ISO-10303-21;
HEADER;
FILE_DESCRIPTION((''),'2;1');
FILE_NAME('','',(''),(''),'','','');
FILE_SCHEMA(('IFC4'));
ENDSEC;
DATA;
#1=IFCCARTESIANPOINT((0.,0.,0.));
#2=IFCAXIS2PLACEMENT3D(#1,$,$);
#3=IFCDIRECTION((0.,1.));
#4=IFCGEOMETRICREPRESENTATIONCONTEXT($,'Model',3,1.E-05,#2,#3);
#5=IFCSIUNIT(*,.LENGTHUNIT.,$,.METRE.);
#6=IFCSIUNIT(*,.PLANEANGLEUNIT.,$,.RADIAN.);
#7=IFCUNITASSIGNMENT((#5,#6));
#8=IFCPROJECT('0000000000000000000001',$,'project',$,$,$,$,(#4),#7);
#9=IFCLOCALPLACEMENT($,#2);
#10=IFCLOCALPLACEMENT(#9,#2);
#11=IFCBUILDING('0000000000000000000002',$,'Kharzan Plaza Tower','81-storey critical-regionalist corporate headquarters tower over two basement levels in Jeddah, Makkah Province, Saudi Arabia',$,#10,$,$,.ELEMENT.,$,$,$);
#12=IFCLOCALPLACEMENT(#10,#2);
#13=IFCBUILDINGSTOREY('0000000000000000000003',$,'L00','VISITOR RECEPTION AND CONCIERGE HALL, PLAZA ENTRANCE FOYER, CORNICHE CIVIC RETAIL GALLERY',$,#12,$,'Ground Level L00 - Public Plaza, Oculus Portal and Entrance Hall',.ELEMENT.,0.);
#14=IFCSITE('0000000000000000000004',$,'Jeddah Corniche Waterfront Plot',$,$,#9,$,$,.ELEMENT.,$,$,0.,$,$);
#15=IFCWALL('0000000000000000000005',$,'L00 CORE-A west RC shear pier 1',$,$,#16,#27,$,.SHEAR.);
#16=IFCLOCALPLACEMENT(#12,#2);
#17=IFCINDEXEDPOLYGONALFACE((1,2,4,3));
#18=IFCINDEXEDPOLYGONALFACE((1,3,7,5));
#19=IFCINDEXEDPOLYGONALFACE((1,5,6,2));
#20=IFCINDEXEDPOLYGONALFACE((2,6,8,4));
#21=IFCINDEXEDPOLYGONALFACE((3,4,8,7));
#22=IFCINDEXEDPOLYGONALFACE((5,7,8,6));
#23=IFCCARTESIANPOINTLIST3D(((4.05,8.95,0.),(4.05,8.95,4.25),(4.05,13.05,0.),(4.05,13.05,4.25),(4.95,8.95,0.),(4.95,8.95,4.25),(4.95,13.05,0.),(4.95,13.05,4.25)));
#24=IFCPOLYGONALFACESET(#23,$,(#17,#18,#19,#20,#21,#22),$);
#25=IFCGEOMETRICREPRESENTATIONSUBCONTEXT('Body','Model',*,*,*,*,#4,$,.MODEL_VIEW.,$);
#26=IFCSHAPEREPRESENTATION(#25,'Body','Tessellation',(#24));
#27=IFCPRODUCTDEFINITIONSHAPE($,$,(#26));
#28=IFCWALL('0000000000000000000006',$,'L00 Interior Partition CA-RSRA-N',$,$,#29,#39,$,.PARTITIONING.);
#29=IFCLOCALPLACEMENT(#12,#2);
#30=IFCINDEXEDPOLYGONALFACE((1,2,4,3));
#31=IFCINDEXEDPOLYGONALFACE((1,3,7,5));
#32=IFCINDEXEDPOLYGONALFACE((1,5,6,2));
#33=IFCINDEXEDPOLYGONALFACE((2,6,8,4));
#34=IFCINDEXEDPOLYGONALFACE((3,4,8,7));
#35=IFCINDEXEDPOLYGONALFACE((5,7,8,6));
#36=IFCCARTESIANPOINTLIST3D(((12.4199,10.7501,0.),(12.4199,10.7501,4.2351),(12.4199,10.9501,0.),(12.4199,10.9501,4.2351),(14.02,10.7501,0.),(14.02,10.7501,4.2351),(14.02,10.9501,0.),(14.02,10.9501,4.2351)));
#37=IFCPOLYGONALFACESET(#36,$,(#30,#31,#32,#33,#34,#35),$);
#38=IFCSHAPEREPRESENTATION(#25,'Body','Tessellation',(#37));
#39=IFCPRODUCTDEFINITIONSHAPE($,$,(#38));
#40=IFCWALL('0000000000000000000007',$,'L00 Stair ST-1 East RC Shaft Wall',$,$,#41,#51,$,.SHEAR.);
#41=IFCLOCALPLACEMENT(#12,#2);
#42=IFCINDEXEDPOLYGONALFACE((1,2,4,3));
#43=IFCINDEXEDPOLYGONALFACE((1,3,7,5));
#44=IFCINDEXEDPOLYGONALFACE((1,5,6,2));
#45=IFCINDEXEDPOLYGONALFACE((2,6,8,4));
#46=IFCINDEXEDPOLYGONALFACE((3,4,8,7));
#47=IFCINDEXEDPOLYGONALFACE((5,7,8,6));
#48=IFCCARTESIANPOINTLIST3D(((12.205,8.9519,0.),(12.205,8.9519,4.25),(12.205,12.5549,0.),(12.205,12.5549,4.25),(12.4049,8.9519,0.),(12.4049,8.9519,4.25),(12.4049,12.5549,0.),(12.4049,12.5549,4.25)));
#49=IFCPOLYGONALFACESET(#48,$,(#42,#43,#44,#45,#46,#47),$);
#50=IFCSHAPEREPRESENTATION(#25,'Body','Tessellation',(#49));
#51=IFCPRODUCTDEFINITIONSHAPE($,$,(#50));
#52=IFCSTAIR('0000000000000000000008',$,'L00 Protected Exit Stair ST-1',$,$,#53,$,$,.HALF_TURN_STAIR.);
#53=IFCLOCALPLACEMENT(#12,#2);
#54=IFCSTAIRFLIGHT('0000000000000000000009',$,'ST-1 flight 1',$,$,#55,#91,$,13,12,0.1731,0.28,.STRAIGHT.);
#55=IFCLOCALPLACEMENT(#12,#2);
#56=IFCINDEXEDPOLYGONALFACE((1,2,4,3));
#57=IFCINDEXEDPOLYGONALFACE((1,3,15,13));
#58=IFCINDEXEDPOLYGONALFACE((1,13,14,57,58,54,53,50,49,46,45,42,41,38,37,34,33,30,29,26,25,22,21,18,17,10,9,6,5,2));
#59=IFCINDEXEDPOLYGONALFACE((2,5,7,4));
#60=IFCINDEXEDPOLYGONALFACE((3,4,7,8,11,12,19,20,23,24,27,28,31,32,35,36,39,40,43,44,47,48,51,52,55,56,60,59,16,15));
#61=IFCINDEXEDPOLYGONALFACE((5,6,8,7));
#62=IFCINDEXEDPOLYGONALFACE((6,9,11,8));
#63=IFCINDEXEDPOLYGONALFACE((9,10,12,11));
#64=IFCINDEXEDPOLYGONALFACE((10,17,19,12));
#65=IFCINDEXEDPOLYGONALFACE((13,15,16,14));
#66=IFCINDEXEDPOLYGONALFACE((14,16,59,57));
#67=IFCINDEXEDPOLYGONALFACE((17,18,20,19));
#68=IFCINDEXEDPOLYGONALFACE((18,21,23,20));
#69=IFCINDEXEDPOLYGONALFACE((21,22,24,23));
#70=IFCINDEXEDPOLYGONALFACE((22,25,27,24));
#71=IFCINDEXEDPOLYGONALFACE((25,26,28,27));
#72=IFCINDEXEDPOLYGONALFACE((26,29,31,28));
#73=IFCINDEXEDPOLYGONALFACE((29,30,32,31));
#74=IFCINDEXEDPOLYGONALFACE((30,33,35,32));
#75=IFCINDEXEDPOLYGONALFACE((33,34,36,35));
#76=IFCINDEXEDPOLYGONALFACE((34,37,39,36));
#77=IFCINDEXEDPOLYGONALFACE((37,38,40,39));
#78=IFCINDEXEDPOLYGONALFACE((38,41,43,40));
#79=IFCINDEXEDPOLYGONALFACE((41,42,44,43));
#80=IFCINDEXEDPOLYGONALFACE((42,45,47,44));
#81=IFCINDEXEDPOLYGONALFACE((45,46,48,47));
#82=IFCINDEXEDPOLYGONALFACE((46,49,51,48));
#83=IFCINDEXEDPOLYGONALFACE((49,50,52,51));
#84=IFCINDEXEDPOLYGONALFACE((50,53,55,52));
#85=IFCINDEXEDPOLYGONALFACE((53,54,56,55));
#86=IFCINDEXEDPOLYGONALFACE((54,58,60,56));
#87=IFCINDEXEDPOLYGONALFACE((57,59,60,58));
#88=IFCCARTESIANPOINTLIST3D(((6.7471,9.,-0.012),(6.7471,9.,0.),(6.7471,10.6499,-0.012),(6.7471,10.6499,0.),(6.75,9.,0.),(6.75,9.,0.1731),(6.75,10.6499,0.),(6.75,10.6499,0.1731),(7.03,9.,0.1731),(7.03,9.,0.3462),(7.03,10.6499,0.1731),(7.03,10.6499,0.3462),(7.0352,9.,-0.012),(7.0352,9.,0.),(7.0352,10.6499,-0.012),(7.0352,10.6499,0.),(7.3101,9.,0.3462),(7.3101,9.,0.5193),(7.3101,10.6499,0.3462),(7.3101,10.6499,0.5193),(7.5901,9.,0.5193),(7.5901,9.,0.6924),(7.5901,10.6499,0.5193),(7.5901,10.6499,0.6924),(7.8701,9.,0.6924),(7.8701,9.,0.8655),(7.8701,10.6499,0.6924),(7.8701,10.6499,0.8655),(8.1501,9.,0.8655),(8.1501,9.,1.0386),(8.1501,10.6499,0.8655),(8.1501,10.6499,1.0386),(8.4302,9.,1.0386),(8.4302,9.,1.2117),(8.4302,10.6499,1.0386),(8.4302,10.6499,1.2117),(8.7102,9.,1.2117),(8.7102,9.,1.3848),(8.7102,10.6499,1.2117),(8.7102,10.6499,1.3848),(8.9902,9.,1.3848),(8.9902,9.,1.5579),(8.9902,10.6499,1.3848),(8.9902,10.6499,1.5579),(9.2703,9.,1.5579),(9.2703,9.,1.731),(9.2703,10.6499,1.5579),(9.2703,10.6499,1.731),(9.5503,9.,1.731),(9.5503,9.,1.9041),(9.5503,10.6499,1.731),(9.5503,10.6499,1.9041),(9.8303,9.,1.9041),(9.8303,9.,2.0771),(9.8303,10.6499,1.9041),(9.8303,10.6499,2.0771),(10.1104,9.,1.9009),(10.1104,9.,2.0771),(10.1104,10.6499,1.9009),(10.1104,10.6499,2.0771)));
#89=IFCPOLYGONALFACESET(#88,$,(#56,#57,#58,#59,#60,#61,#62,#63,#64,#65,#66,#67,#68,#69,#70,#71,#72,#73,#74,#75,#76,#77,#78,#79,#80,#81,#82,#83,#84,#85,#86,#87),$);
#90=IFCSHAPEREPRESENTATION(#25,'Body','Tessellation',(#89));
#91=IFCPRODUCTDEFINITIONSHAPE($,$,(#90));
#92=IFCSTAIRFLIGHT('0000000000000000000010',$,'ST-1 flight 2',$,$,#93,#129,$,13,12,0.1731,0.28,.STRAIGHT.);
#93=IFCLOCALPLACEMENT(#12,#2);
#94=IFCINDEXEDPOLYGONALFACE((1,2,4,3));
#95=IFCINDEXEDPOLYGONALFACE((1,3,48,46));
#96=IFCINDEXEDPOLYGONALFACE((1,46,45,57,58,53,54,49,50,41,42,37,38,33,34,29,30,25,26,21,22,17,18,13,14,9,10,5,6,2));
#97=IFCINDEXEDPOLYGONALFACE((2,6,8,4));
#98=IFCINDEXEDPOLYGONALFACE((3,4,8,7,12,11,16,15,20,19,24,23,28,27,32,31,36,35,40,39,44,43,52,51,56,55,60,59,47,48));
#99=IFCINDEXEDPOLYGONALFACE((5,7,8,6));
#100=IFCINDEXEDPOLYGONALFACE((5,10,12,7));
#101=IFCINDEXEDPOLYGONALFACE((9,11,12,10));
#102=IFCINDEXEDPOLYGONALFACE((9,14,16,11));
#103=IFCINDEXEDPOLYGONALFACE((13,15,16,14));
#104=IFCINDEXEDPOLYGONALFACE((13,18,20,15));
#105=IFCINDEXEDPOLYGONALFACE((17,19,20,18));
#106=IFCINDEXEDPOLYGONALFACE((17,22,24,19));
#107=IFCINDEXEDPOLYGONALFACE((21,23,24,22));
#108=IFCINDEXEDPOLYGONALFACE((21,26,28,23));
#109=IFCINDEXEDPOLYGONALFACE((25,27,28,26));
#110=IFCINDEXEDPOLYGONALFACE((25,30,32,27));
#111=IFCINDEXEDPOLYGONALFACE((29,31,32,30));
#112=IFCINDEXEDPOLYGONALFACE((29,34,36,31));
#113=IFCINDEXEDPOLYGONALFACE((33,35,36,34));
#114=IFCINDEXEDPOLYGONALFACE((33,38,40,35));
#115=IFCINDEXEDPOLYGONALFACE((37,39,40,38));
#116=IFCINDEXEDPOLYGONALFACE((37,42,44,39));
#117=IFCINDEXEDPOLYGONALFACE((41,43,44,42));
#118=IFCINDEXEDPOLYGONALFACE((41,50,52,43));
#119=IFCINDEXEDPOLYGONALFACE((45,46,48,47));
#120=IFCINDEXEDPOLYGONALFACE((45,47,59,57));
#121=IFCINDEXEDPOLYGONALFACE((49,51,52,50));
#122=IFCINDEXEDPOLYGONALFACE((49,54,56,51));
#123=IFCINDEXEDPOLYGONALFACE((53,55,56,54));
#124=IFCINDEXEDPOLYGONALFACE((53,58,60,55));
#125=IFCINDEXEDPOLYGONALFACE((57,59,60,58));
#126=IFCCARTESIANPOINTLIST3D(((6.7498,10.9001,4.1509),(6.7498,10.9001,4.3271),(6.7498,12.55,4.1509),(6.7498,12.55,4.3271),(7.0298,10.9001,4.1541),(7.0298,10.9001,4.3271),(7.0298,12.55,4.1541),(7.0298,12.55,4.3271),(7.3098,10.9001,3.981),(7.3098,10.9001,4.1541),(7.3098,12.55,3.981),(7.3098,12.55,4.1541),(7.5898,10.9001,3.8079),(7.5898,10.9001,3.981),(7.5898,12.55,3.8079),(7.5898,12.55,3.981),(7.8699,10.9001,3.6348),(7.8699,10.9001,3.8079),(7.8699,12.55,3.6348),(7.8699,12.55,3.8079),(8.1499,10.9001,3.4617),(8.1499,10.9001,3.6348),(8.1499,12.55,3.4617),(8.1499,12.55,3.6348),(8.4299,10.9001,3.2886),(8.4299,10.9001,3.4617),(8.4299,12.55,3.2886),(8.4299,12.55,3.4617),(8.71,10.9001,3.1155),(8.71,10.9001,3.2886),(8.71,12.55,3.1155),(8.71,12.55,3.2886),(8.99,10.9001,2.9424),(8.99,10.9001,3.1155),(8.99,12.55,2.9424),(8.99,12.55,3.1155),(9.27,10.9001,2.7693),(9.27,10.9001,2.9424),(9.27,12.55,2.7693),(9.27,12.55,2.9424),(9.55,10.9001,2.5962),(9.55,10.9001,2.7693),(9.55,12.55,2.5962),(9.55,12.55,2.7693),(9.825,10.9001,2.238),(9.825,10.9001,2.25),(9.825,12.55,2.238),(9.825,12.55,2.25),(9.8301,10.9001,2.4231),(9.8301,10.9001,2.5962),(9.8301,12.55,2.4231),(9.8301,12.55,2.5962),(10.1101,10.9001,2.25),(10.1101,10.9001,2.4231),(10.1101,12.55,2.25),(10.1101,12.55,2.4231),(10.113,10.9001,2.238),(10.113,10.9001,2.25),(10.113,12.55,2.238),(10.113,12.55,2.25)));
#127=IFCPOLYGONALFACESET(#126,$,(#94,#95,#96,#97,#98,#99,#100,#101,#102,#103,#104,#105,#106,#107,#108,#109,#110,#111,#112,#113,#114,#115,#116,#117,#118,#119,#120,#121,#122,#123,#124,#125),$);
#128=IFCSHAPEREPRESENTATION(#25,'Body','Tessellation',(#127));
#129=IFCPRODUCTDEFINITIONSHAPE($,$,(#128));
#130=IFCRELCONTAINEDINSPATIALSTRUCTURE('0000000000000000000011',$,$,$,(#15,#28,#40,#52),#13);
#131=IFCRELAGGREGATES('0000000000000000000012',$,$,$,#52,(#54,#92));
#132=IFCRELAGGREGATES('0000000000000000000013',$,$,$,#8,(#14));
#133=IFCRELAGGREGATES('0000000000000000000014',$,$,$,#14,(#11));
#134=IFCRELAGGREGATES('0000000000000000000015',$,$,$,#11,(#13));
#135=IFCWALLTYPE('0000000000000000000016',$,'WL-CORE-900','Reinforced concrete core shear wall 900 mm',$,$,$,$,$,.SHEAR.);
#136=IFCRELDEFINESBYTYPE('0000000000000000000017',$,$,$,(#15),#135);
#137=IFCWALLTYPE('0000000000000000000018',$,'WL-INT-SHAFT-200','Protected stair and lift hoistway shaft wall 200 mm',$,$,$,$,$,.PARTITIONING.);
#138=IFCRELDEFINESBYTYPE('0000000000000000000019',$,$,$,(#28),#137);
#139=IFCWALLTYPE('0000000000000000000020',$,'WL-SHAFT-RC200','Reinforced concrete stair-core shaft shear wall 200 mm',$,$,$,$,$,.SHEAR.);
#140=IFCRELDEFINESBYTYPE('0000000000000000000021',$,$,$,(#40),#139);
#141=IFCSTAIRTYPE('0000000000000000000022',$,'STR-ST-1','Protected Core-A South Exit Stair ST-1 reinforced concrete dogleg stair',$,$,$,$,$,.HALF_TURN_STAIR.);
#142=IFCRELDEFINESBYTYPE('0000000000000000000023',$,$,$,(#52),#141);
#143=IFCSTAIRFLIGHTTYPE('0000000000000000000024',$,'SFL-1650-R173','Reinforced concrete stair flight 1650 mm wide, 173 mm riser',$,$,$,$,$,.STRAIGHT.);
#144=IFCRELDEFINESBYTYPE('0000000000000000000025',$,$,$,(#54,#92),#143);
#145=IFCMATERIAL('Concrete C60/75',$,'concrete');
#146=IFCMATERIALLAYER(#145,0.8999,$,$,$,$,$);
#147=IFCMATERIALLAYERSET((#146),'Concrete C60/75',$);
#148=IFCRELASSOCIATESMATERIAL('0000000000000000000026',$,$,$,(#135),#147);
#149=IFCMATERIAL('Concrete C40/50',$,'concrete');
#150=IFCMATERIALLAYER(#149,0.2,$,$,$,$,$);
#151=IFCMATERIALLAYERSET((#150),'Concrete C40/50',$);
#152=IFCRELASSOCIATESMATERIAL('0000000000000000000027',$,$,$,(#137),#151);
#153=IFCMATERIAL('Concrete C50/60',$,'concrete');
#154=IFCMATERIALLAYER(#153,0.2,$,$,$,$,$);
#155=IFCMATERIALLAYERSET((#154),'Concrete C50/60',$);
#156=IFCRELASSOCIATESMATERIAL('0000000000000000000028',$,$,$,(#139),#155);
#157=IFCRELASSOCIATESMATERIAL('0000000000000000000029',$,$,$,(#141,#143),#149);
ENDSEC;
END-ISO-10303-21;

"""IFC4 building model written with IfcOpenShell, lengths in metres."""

from ifc_helpers import new_model, si_unit, direction, frame, frame_2d, origin, place, context, subcontext, project, spatial, polyline, rectangle, outline, extrude, source, transform, mapped, material, layer, layer_set, type_object, element, aggregate, save


model = new_model("IFC4")

# Units and contexts
model_context = context("Model", 3, precision=1e-05, world=origin(), true_north=direction((0.0, 1.0)))
body_context = subcontext(model_context, "Body", "Model", "MODEL_VIEW")
ifc_project = project(units=[si_unit("LENGTHUNIT", "METRE"), si_unit("PLANEANGLEUNIT", "RADIAN")], contexts=[model_context])

# Site, building, storey
site_placement = place(None, origin())
site = spatial("IfcSite", under=ifc_project, at=site_placement, Name="Jeddah Corniche Waterfront Plot", CompositionType="ELEMENT", RefElevation=0.0)
building_placement = place(site_placement, origin())
building = spatial("IfcBuilding", under=site, at=building_placement, Name="Kharzan Plaza Tower", Description="81-storey critical-regionalist corporate headquarters tower over two basement levels in Jeddah, Makkah Province, Saudi Arabia", CompositionType="ELEMENT")
storey_placement = place(building_placement, origin())
storey = spatial("IfcBuildingStorey", under=building, at=storey_placement, Name="L00", Description="VISITOR RECEPTION AND CONCIERGE HALL, PLAZA ENTRANCE FOYER, CORNICHE CIVIC RETAIL GALLERY", LongName="Ground Level L00 - Public Plaza, Oculus Portal and Entrance Hall", CompositionType="ELEMENT", Elevation=0.0)

# Shared definitions
ifc_material_1 = material(Name="Concrete C60/75", Category="concrete")

# Shared definitions
ifc_material_2 = material(Name="Concrete C40/50", Category="concrete")

# Walls
ifc_layer_1 = layer(ifc_material_1, 0.8999)
ifc_layer_set_1 = layer_set([ifc_layer_1], Name="Concrete C60/75")
wall_type_1 = type_object("IfcWallType", Name="WL-CORE-900", Description="Reinforced concrete core shear wall 900 mm", PredefinedType="SHEAR", material=ifc_layer_set_1)
shared_shape_1 = source(origin(), body_context, "Body", "SweptSolid", [
    extrude(rectangle(XDim=4.1001, YDim=0.8999, at=frame_2d((2.05, 0.0))), origin(), (0.0, 0.0, 1.0), 4.25),
])
wall_1_placement = place(storey_placement, frame((4.5, 8.95, 0.0), z_axis=(0.0, 0.0, 1.0), x_axis=(0.0, 1.0, 0.0)))
element("IfcWall", 1, at=wall_1_placement, inside=storey, type_object=wall_type_1, Name="L00 CORE-A west RC shear pier 1", PredefinedType="SHEAR", context=body_context, shape_type="MappedRepresentation", body=[
    mapped(shared_shape_1, transform((0.0, 0.0, 0.0), x_axis=(1.0, 0.0, 0.0), y_axis=(0.0, 1.0, 0.0), z_axis=(0.0, 0.0, 1.0))),
])
ifc_layer_2 = layer(ifc_material_2, 0.2)
ifc_layer_set_2 = layer_set([ifc_layer_2], Name="Concrete C40/50")
wall_type_2 = type_object("IfcWallType", Name="WL-INT-SHAFT-200", Description="Protected stair and lift hoistway shaft wall 200 mm", PredefinedType="PARTITIONING", material=ifc_layer_set_2)
shared_shape_2 = source(origin(), body_context, "Body", "SweptSolid", [
    extrude(rectangle(XDim=1.6001, YDim=0.2, at=frame_2d((0.8, 0.0))), origin(), (0.0, 0.0, 1.0), 4.2351),
])
wall_2_placement = place(storey_placement, frame((12.4199, 10.8501, 0.0), z_axis=(0.0, 0.0, 1.0), x_axis=(1.0, 0.0, 0.0)))
element("IfcWall", 2, at=wall_2_placement, inside=storey, type_object=wall_type_2, Name="L00 Interior Partition CA-RSRA-N", PredefinedType="PARTITIONING", context=body_context, shape_type="MappedRepresentation", body=[
    mapped(shared_shape_2, transform((0.0, 0.0, 0.0), x_axis=(1.0, 0.0, 0.0), y_axis=(0.0, 1.0, 0.0), z_axis=(0.0, 0.0, 1.0))),
])
ifc_material_3 = material(Name="Concrete C50/60", Category="concrete")
ifc_layer_3 = layer(ifc_material_3, 0.2)
ifc_layer_set_3 = layer_set([ifc_layer_3], Name="Concrete C50/60")
wall_type_3 = type_object("IfcWallType", Name="WL-SHAFT-RC200", Description="Reinforced concrete stair-core shaft shear wall 200 mm", PredefinedType="SHEAR", material=ifc_layer_set_3)
shared_shape_3 = source(origin(), body_context, "Body", "SweptSolid", [
    extrude(rectangle(XDim=3.603, YDim=0.2, at=frame_2d((1.8015, 0.0))), origin(), (0.0, 0.0, 1.0), 4.25),
])
wall_3_placement = place(storey_placement, frame((12.3049, 8.9519, 0.0), z_axis=(0.0, 0.0, 1.0), x_axis=(0.0, 1.0, 0.0)))
element("IfcWall", 3, at=wall_3_placement, inside=storey, type_object=wall_type_3, Name="L00 Stair ST-1 East RC Shaft Wall", PredefinedType="SHEAR", context=body_context, shape_type="MappedRepresentation", body=[
    mapped(shared_shape_3, transform((0.0, 0.0, 0.0), x_axis=(1.0, 0.0, 0.0), y_axis=(0.0, 1.0, 0.0), z_axis=(0.0, 0.0, 1.0))),
])

# Stair, stair flights
stair_type = type_object("IfcStairType", Name="STR-ST-1", Description="Protected Core-A South Exit Stair ST-1 reinforced concrete dogleg stair", PredefinedType="HALF_TURN_STAIR", material=ifc_material_2)
stair_placement = place(storey_placement, origin())
stair = element("IfcStair", 4, at=stair_placement, inside=storey, type_object=stair_type, Name="L00 Protected Exit Stair ST-1", PredefinedType="HALF_TURN_STAIR")
stair_flight_type = type_object("IfcStairFlightType", Name="SFL-1650-R173", Description="Reinforced concrete stair flight 1650 mm wide, 173 mm riser", PredefinedType="STRAIGHT", material=ifc_material_2)
shared_shape_4 = source(origin(), body_context, "Body", "SweptSolid", [
    extrude(outline(polyline([(-0.0029, -0.012), (-0.0029, 0.0), (0.0, 0.0), (0.0, 0.1731), (0.28, 0.1731), (0.28, 0.3462), (0.5601, 0.3462), (0.5601, 0.5193), (0.8401, 0.5193), (0.8401, 0.6924), (1.1201, 0.6924), (1.1201, 0.8655), (1.4001, 0.8655), (1.4001, 1.0386), (1.6802, 1.0386), (1.6802, 1.2117), (1.9602, 1.2117), (1.9602, 1.3848), (2.2402, 1.3848), (2.2402, 1.5579), (2.5203, 1.5579), (2.5203, 1.731), (2.8003, 1.731), (2.8003, 1.9041), (3.0803, 1.9041), (3.0803, 2.0771), (3.3604, 2.0771), (3.3604, 2.2502), (3.3604, 1.9009), (0.2852, 0.0), (0.2852, -0.012), (-0.0029, -0.012)])), frame((0.0, 0.825, 0.0), z_axis=(0.0, -1.0, 0.0), x_axis=(1.0, 0.0, 0.0)), (0.0, 0.0, 1.0), 1.6499),
])
stair_flight_1_placement = place(storey_placement, frame((6.75, 9.825, 0.0), z_axis=(0.0, 0.0, 1.0), x_axis=(1.0, 0.0, 0.0)))
stair_flight_1 = element("IfcStairFlight", 5, at=stair_flight_1_placement, type_object=stair_flight_type, Name="ST-1 flight 1", NumberOfRisers=13, NumberOfTreads=12, PredefinedType="STRAIGHT", RiserHeight=0.1731, TreadLength=0.28, context=body_context, shape_type="MappedRepresentation", body=[
    mapped(shared_shape_4, transform((0.0, 0.0, 0.0), x_axis=(1.0, 0.0, 0.0), y_axis=(0.0, 1.0, 0.0), z_axis=(0.0, 0.0, 1.0))),
])
stair_flight_2_placement = place(storey_placement, frame((10.1101, 11.7251, 2.25), z_axis=(0.0, 0.0, 1.0), x_axis=(-1.0, 0.0, 0.0)))
stair_flight_2 = element("IfcStairFlight", 6, at=stair_flight_2_placement, type_object=stair_flight_type, Name="ST-1 flight 2", NumberOfRisers=13, NumberOfTreads=12, PredefinedType="STRAIGHT", RiserHeight=0.1731, TreadLength=0.28, context=body_context, shape_type="MappedRepresentation", body=[
    mapped(shared_shape_4, transform((0.0, 0.0, 0.0), x_axis=(1.0, 0.0, 0.0), y_axis=(0.0, 1.0, 0.0), z_axis=(0.0, 0.0, 1.0))),
])
aggregate(stair, [stair_flight_1, stair_flight_2])

save(model, "model.ifc")
